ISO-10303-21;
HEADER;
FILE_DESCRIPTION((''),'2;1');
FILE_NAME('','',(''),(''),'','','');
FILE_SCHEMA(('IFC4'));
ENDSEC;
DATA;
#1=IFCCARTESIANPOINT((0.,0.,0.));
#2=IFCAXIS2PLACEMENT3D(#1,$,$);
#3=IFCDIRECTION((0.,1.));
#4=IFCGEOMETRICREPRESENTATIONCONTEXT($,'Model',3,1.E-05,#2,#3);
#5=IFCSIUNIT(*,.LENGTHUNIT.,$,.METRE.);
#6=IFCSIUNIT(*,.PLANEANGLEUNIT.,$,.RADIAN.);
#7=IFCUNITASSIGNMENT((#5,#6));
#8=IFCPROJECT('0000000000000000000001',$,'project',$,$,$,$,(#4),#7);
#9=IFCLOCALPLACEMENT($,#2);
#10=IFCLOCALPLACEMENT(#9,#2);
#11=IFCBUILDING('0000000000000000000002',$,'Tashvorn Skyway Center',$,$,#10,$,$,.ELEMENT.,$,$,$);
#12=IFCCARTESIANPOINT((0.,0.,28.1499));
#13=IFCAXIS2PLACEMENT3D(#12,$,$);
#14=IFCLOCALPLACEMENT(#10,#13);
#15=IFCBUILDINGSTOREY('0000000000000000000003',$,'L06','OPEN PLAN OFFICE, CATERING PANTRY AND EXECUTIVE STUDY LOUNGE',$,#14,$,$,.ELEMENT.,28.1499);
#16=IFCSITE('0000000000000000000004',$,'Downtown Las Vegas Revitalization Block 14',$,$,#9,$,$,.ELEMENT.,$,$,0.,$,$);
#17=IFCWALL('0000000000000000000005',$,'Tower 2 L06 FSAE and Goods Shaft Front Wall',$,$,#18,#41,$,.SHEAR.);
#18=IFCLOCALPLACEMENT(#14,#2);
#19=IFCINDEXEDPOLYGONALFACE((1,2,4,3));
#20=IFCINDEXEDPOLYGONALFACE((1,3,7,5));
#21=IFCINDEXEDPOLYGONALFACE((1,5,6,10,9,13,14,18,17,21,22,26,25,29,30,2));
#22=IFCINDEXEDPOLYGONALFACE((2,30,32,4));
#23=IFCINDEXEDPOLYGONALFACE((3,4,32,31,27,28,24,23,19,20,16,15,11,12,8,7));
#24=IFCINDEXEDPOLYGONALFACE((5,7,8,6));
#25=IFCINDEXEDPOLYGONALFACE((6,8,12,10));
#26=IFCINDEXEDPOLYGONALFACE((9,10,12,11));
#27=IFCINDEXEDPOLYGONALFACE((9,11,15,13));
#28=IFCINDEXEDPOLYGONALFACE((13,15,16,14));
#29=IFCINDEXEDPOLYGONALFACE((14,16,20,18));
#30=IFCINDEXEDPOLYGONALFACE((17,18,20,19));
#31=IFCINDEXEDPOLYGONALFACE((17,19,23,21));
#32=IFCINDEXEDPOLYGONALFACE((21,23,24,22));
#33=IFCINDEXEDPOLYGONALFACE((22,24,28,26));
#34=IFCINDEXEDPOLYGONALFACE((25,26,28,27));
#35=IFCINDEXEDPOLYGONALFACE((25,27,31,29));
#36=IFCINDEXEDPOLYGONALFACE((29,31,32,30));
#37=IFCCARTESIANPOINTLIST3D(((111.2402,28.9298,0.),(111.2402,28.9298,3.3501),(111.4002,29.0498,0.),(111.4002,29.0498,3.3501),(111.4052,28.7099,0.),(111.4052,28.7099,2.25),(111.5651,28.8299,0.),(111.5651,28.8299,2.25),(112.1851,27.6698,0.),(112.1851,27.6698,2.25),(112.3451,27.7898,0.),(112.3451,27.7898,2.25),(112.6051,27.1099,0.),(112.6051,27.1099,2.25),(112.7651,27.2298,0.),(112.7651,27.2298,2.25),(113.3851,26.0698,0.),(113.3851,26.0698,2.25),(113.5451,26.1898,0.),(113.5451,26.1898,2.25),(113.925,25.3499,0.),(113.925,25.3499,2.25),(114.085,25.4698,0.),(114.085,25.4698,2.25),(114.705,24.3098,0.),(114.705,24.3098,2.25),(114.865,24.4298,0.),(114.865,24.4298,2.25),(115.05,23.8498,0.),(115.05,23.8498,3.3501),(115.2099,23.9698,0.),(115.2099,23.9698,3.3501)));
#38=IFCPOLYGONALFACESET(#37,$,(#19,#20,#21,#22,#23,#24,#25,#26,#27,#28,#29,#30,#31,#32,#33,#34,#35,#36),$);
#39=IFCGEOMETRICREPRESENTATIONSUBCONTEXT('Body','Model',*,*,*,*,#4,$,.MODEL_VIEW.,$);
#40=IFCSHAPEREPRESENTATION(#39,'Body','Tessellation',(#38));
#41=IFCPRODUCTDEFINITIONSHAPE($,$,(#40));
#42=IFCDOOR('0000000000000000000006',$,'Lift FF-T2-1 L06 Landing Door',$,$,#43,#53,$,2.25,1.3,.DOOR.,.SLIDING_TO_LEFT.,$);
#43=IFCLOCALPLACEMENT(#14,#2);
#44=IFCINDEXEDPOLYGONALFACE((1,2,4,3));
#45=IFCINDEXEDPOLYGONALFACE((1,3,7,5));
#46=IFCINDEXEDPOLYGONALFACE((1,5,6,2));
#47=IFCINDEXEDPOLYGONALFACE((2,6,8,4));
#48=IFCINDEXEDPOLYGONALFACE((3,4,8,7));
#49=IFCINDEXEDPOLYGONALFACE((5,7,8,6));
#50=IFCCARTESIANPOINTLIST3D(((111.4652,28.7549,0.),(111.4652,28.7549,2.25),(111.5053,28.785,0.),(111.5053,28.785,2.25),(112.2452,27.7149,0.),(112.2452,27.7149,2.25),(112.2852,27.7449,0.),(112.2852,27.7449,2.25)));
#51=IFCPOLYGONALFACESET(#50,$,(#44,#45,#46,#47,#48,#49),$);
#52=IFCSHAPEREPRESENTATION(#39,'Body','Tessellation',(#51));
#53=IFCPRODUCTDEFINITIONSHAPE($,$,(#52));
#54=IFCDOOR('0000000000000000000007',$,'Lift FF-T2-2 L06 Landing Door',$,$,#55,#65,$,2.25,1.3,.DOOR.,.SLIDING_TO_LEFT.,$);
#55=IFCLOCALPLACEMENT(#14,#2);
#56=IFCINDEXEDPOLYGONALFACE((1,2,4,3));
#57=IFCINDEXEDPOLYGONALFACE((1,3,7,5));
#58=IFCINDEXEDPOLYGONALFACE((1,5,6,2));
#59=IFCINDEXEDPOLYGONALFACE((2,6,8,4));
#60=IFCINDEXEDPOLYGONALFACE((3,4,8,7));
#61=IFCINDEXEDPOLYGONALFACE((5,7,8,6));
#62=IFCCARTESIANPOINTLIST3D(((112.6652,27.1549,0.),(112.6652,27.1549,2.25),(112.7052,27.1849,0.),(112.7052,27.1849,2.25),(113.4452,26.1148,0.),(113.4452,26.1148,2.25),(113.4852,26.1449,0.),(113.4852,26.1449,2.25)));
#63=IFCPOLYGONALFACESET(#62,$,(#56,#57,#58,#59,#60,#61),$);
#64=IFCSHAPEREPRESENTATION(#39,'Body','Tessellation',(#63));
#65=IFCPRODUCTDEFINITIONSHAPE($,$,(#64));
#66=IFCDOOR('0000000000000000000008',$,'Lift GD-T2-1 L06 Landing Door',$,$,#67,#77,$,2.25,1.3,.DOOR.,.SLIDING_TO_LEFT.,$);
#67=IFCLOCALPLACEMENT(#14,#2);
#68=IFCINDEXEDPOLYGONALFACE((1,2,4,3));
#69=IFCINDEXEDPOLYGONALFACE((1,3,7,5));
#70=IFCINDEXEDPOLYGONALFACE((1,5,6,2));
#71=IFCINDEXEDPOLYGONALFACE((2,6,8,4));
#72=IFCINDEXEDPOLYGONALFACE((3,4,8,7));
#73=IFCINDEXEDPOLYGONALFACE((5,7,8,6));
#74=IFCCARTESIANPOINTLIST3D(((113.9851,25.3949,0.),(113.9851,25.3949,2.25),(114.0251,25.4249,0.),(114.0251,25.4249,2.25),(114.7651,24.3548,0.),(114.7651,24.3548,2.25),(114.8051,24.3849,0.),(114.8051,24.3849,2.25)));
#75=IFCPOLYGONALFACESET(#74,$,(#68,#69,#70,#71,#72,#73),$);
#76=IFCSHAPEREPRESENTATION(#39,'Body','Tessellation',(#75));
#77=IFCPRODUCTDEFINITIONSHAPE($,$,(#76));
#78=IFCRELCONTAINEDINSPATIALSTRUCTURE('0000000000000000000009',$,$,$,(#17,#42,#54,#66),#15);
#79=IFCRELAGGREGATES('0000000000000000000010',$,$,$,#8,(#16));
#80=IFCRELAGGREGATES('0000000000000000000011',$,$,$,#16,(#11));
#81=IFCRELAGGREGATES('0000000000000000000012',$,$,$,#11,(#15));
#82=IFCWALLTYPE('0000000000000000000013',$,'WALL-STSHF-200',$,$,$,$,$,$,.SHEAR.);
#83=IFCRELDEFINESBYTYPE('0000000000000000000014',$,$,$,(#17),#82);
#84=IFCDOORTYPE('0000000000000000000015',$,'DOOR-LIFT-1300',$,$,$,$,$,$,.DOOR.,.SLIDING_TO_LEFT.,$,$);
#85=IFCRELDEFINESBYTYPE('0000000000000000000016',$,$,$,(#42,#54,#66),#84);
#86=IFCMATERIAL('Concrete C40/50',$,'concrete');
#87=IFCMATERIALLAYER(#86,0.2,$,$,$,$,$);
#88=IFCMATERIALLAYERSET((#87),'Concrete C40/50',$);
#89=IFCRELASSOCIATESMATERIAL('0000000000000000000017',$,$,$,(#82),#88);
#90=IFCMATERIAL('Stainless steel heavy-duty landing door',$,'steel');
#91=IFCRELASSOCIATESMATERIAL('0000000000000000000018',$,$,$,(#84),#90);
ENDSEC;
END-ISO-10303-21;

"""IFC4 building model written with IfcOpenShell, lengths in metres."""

from ifc_helpers import new_model, si_unit, direction, frame, frame_2d, origin, place, context, subcontext, project, spatial, rectangle, extrude, material, layer, layer_set, type_object, element, fill, save


model = new_model("IFC4")

# Units and contexts
model_context = context("Model", 3, precision=1e-05, world=origin(), true_north=direction((0.0, 1.0)))
body_context = subcontext(model_context, "Body", "Model", "MODEL_VIEW")
ifc_project = project(units=[si_unit("LENGTHUNIT", "METRE"), si_unit("PLANEANGLEUNIT", "RADIAN")], contexts=[model_context])

# Site, building, storey
site_placement = place(None, origin())
site = spatial("IfcSite", under=ifc_project, at=site_placement, Name="Downtown Las Vegas Revitalization Block 14", CompositionType="ELEMENT", RefElevation=0.0)
building_placement = place(site_placement, origin())
building = spatial("IfcBuilding", under=site, at=building_placement, Name="Tashvorn Skyway Center", CompositionType="ELEMENT")
storey_placement = place(building_placement, frame((0.0, 0.0, 28.1499)))
storey = spatial("IfcBuildingStorey", under=building, at=storey_placement, Name="L06", Description="OPEN PLAN OFFICE, CATERING PANTRY AND EXECUTIVE STUDY LOUNGE", CompositionType="ELEMENT", Elevation=28.1499)

# Shared definitions
ifc_material_1 = material(Name="Concrete C40/50", Category="concrete")

# Wall, openings, doors
ifc_layer_1 = layer(ifc_material_1, 0.2)
ifc_layer_set_1 = layer_set([ifc_layer_1], Name="Concrete C40/50")
wall_type_1 = type_object("IfcWallType", Name="WALL-STSHF-200", PredefinedType="SHEAR", material=ifc_layer_set_1)
wall_1_placement = place(storey_placement, frame((115.1299, 23.9099, 0.0), z_axis=(0.0, 0.0, 1.0), x_axis=(-0.599975, 0.800018, 0.0)))
wall_1 = element("IfcWall", 1, at=wall_1_placement, inside=storey, type_object=wall_type_1, Name="Tower 2 L06 FSAE and Goods Shaft Front Wall", PredefinedType="SHEAR", context=body_context, shape_type="SweptSolid", body=[
    extrude(rectangle(XDim=6.3499, YDim=0.2, at=frame_2d((3.1748, 0.0))), origin(), (0.0, 0.0, 1.0), 3.3501),
])
opening_1_placement = place(wall_1_placement, frame((4.7749, 0.0, 0.0)))
opening_1 = element("IfcOpeningElement", 2, at=opening_1_placement, cuts=wall_1, PredefinedType="OPENING", context=body_context, shape_type="SweptSolid", body=[
    extrude(rectangle(XDim=1.3, YDim=2.25, at=frame_2d((0.6499, 1.125))), frame((0.0, 0.1099, 0.0), z_axis=(0.0, -1.0, 0.0), x_axis=(1.0, 0.0, 0.0)), (0.0, 0.0, 1.0), 0.22),
])
opening_2_placement = place(wall_1_placement, frame((2.7749, 0.0, 0.0)))
opening_2 = element("IfcOpeningElement", 3, at=opening_2_placement, cuts=wall_1, PredefinedType="OPENING", context=body_context, shape_type="SweptSolid", body=[
    extrude(rectangle(XDim=1.3, YDim=2.25, at=frame_2d((0.6499, 1.125))), frame((0.0, 0.1099, 0.0), z_axis=(0.0, -1.0, 0.0), x_axis=(1.0, 0.0, 0.0)), (0.0, 0.0, 1.0), 0.22),
])
opening_3_placement = place(wall_1_placement, frame((0.575, 0.0, 0.0)))
opening_3 = element("IfcOpeningElement", 4, at=opening_3_placement, cuts=wall_1, PredefinedType="OPENING", context=body_context, shape_type="SweptSolid", body=[
    extrude(rectangle(XDim=1.3, YDim=2.25, at=frame_2d((0.6499, 1.125))), frame((0.0, 0.1099, 0.0), z_axis=(0.0, -1.0, 0.0), x_axis=(1.0, 0.0, 0.0)), (0.0, 0.0, 1.0), 0.22),
])
ifc_material_2 = material(Name="Stainless steel heavy-duty landing door", Category="steel")
door_type_1 = type_object("IfcDoorType", Name="DOOR-LIFT-1300", OperationType="SLIDING_TO_LEFT", PredefinedType="DOOR", material=ifc_material_2)
door_1_placement = place(opening_1_placement, origin())
door_1 = element("IfcDoor", 5, at=door_1_placement, inside=storey, type_object=door_type_1, Name="Lift FF-T2-1 L06 Landing Door", OperationType="SLIDING_TO_LEFT", OverallHeight=2.25, OverallWidth=1.3, PredefinedType="DOOR", context=body_context, shape_type="SweptSolid", body=[
    extrude(rectangle(XDim=1.3, YDim=2.25, at=frame_2d((0.6499, 1.125))), frame((0.0, 0.0249, 0.0), z_axis=(0.0, -1.0, 0.0), x_axis=(1.0, 0.0, 0.0)), (0.0, 0.0, 1.0), 0.05),
])
fill(opening_1, door_1)
door_2_placement = place(opening_2_placement, origin())
door_2 = element("IfcDoor", 6, at=door_2_placement, inside=storey, type_object=door_type_1, Name="Lift FF-T2-2 L06 Landing Door", OperationType="SLIDING_TO_LEFT", OverallHeight=2.25, OverallWidth=1.3, PredefinedType="DOOR", context=body_context, shape_type="SweptSolid", body=[
    extrude(rectangle(XDim=1.3, YDim=2.25, at=frame_2d((0.6499, 1.125))), frame((0.0, 0.0249, 0.0), z_axis=(0.0, -1.0, 0.0), x_axis=(1.0, 0.0, 0.0)), (0.0, 0.0, 1.0), 0.05),
])
fill(opening_2, door_2)
door_3_placement = place(opening_3_placement, origin())
door_3 = element("IfcDoor", 7, at=door_3_placement, inside=storey, type_object=door_type_1, Name="Lift GD-T2-1 L06 Landing Door", OperationType="SLIDING_TO_LEFT", OverallHeight=2.25, OverallWidth=1.3, PredefinedType="DOOR", context=body_context, shape_type="SweptSolid", body=[
    extrude(rectangle(XDim=1.3, YDim=2.25, at=frame_2d((0.6499, 1.125))), frame((0.0, 0.0249, 0.0), z_axis=(0.0, -1.0, 0.0), x_axis=(1.0, 0.0, 0.0)), (0.0, 0.0, 1.0), 0.05),
])
fill(opening_3, door_3)

save(model, "model.ifc")
